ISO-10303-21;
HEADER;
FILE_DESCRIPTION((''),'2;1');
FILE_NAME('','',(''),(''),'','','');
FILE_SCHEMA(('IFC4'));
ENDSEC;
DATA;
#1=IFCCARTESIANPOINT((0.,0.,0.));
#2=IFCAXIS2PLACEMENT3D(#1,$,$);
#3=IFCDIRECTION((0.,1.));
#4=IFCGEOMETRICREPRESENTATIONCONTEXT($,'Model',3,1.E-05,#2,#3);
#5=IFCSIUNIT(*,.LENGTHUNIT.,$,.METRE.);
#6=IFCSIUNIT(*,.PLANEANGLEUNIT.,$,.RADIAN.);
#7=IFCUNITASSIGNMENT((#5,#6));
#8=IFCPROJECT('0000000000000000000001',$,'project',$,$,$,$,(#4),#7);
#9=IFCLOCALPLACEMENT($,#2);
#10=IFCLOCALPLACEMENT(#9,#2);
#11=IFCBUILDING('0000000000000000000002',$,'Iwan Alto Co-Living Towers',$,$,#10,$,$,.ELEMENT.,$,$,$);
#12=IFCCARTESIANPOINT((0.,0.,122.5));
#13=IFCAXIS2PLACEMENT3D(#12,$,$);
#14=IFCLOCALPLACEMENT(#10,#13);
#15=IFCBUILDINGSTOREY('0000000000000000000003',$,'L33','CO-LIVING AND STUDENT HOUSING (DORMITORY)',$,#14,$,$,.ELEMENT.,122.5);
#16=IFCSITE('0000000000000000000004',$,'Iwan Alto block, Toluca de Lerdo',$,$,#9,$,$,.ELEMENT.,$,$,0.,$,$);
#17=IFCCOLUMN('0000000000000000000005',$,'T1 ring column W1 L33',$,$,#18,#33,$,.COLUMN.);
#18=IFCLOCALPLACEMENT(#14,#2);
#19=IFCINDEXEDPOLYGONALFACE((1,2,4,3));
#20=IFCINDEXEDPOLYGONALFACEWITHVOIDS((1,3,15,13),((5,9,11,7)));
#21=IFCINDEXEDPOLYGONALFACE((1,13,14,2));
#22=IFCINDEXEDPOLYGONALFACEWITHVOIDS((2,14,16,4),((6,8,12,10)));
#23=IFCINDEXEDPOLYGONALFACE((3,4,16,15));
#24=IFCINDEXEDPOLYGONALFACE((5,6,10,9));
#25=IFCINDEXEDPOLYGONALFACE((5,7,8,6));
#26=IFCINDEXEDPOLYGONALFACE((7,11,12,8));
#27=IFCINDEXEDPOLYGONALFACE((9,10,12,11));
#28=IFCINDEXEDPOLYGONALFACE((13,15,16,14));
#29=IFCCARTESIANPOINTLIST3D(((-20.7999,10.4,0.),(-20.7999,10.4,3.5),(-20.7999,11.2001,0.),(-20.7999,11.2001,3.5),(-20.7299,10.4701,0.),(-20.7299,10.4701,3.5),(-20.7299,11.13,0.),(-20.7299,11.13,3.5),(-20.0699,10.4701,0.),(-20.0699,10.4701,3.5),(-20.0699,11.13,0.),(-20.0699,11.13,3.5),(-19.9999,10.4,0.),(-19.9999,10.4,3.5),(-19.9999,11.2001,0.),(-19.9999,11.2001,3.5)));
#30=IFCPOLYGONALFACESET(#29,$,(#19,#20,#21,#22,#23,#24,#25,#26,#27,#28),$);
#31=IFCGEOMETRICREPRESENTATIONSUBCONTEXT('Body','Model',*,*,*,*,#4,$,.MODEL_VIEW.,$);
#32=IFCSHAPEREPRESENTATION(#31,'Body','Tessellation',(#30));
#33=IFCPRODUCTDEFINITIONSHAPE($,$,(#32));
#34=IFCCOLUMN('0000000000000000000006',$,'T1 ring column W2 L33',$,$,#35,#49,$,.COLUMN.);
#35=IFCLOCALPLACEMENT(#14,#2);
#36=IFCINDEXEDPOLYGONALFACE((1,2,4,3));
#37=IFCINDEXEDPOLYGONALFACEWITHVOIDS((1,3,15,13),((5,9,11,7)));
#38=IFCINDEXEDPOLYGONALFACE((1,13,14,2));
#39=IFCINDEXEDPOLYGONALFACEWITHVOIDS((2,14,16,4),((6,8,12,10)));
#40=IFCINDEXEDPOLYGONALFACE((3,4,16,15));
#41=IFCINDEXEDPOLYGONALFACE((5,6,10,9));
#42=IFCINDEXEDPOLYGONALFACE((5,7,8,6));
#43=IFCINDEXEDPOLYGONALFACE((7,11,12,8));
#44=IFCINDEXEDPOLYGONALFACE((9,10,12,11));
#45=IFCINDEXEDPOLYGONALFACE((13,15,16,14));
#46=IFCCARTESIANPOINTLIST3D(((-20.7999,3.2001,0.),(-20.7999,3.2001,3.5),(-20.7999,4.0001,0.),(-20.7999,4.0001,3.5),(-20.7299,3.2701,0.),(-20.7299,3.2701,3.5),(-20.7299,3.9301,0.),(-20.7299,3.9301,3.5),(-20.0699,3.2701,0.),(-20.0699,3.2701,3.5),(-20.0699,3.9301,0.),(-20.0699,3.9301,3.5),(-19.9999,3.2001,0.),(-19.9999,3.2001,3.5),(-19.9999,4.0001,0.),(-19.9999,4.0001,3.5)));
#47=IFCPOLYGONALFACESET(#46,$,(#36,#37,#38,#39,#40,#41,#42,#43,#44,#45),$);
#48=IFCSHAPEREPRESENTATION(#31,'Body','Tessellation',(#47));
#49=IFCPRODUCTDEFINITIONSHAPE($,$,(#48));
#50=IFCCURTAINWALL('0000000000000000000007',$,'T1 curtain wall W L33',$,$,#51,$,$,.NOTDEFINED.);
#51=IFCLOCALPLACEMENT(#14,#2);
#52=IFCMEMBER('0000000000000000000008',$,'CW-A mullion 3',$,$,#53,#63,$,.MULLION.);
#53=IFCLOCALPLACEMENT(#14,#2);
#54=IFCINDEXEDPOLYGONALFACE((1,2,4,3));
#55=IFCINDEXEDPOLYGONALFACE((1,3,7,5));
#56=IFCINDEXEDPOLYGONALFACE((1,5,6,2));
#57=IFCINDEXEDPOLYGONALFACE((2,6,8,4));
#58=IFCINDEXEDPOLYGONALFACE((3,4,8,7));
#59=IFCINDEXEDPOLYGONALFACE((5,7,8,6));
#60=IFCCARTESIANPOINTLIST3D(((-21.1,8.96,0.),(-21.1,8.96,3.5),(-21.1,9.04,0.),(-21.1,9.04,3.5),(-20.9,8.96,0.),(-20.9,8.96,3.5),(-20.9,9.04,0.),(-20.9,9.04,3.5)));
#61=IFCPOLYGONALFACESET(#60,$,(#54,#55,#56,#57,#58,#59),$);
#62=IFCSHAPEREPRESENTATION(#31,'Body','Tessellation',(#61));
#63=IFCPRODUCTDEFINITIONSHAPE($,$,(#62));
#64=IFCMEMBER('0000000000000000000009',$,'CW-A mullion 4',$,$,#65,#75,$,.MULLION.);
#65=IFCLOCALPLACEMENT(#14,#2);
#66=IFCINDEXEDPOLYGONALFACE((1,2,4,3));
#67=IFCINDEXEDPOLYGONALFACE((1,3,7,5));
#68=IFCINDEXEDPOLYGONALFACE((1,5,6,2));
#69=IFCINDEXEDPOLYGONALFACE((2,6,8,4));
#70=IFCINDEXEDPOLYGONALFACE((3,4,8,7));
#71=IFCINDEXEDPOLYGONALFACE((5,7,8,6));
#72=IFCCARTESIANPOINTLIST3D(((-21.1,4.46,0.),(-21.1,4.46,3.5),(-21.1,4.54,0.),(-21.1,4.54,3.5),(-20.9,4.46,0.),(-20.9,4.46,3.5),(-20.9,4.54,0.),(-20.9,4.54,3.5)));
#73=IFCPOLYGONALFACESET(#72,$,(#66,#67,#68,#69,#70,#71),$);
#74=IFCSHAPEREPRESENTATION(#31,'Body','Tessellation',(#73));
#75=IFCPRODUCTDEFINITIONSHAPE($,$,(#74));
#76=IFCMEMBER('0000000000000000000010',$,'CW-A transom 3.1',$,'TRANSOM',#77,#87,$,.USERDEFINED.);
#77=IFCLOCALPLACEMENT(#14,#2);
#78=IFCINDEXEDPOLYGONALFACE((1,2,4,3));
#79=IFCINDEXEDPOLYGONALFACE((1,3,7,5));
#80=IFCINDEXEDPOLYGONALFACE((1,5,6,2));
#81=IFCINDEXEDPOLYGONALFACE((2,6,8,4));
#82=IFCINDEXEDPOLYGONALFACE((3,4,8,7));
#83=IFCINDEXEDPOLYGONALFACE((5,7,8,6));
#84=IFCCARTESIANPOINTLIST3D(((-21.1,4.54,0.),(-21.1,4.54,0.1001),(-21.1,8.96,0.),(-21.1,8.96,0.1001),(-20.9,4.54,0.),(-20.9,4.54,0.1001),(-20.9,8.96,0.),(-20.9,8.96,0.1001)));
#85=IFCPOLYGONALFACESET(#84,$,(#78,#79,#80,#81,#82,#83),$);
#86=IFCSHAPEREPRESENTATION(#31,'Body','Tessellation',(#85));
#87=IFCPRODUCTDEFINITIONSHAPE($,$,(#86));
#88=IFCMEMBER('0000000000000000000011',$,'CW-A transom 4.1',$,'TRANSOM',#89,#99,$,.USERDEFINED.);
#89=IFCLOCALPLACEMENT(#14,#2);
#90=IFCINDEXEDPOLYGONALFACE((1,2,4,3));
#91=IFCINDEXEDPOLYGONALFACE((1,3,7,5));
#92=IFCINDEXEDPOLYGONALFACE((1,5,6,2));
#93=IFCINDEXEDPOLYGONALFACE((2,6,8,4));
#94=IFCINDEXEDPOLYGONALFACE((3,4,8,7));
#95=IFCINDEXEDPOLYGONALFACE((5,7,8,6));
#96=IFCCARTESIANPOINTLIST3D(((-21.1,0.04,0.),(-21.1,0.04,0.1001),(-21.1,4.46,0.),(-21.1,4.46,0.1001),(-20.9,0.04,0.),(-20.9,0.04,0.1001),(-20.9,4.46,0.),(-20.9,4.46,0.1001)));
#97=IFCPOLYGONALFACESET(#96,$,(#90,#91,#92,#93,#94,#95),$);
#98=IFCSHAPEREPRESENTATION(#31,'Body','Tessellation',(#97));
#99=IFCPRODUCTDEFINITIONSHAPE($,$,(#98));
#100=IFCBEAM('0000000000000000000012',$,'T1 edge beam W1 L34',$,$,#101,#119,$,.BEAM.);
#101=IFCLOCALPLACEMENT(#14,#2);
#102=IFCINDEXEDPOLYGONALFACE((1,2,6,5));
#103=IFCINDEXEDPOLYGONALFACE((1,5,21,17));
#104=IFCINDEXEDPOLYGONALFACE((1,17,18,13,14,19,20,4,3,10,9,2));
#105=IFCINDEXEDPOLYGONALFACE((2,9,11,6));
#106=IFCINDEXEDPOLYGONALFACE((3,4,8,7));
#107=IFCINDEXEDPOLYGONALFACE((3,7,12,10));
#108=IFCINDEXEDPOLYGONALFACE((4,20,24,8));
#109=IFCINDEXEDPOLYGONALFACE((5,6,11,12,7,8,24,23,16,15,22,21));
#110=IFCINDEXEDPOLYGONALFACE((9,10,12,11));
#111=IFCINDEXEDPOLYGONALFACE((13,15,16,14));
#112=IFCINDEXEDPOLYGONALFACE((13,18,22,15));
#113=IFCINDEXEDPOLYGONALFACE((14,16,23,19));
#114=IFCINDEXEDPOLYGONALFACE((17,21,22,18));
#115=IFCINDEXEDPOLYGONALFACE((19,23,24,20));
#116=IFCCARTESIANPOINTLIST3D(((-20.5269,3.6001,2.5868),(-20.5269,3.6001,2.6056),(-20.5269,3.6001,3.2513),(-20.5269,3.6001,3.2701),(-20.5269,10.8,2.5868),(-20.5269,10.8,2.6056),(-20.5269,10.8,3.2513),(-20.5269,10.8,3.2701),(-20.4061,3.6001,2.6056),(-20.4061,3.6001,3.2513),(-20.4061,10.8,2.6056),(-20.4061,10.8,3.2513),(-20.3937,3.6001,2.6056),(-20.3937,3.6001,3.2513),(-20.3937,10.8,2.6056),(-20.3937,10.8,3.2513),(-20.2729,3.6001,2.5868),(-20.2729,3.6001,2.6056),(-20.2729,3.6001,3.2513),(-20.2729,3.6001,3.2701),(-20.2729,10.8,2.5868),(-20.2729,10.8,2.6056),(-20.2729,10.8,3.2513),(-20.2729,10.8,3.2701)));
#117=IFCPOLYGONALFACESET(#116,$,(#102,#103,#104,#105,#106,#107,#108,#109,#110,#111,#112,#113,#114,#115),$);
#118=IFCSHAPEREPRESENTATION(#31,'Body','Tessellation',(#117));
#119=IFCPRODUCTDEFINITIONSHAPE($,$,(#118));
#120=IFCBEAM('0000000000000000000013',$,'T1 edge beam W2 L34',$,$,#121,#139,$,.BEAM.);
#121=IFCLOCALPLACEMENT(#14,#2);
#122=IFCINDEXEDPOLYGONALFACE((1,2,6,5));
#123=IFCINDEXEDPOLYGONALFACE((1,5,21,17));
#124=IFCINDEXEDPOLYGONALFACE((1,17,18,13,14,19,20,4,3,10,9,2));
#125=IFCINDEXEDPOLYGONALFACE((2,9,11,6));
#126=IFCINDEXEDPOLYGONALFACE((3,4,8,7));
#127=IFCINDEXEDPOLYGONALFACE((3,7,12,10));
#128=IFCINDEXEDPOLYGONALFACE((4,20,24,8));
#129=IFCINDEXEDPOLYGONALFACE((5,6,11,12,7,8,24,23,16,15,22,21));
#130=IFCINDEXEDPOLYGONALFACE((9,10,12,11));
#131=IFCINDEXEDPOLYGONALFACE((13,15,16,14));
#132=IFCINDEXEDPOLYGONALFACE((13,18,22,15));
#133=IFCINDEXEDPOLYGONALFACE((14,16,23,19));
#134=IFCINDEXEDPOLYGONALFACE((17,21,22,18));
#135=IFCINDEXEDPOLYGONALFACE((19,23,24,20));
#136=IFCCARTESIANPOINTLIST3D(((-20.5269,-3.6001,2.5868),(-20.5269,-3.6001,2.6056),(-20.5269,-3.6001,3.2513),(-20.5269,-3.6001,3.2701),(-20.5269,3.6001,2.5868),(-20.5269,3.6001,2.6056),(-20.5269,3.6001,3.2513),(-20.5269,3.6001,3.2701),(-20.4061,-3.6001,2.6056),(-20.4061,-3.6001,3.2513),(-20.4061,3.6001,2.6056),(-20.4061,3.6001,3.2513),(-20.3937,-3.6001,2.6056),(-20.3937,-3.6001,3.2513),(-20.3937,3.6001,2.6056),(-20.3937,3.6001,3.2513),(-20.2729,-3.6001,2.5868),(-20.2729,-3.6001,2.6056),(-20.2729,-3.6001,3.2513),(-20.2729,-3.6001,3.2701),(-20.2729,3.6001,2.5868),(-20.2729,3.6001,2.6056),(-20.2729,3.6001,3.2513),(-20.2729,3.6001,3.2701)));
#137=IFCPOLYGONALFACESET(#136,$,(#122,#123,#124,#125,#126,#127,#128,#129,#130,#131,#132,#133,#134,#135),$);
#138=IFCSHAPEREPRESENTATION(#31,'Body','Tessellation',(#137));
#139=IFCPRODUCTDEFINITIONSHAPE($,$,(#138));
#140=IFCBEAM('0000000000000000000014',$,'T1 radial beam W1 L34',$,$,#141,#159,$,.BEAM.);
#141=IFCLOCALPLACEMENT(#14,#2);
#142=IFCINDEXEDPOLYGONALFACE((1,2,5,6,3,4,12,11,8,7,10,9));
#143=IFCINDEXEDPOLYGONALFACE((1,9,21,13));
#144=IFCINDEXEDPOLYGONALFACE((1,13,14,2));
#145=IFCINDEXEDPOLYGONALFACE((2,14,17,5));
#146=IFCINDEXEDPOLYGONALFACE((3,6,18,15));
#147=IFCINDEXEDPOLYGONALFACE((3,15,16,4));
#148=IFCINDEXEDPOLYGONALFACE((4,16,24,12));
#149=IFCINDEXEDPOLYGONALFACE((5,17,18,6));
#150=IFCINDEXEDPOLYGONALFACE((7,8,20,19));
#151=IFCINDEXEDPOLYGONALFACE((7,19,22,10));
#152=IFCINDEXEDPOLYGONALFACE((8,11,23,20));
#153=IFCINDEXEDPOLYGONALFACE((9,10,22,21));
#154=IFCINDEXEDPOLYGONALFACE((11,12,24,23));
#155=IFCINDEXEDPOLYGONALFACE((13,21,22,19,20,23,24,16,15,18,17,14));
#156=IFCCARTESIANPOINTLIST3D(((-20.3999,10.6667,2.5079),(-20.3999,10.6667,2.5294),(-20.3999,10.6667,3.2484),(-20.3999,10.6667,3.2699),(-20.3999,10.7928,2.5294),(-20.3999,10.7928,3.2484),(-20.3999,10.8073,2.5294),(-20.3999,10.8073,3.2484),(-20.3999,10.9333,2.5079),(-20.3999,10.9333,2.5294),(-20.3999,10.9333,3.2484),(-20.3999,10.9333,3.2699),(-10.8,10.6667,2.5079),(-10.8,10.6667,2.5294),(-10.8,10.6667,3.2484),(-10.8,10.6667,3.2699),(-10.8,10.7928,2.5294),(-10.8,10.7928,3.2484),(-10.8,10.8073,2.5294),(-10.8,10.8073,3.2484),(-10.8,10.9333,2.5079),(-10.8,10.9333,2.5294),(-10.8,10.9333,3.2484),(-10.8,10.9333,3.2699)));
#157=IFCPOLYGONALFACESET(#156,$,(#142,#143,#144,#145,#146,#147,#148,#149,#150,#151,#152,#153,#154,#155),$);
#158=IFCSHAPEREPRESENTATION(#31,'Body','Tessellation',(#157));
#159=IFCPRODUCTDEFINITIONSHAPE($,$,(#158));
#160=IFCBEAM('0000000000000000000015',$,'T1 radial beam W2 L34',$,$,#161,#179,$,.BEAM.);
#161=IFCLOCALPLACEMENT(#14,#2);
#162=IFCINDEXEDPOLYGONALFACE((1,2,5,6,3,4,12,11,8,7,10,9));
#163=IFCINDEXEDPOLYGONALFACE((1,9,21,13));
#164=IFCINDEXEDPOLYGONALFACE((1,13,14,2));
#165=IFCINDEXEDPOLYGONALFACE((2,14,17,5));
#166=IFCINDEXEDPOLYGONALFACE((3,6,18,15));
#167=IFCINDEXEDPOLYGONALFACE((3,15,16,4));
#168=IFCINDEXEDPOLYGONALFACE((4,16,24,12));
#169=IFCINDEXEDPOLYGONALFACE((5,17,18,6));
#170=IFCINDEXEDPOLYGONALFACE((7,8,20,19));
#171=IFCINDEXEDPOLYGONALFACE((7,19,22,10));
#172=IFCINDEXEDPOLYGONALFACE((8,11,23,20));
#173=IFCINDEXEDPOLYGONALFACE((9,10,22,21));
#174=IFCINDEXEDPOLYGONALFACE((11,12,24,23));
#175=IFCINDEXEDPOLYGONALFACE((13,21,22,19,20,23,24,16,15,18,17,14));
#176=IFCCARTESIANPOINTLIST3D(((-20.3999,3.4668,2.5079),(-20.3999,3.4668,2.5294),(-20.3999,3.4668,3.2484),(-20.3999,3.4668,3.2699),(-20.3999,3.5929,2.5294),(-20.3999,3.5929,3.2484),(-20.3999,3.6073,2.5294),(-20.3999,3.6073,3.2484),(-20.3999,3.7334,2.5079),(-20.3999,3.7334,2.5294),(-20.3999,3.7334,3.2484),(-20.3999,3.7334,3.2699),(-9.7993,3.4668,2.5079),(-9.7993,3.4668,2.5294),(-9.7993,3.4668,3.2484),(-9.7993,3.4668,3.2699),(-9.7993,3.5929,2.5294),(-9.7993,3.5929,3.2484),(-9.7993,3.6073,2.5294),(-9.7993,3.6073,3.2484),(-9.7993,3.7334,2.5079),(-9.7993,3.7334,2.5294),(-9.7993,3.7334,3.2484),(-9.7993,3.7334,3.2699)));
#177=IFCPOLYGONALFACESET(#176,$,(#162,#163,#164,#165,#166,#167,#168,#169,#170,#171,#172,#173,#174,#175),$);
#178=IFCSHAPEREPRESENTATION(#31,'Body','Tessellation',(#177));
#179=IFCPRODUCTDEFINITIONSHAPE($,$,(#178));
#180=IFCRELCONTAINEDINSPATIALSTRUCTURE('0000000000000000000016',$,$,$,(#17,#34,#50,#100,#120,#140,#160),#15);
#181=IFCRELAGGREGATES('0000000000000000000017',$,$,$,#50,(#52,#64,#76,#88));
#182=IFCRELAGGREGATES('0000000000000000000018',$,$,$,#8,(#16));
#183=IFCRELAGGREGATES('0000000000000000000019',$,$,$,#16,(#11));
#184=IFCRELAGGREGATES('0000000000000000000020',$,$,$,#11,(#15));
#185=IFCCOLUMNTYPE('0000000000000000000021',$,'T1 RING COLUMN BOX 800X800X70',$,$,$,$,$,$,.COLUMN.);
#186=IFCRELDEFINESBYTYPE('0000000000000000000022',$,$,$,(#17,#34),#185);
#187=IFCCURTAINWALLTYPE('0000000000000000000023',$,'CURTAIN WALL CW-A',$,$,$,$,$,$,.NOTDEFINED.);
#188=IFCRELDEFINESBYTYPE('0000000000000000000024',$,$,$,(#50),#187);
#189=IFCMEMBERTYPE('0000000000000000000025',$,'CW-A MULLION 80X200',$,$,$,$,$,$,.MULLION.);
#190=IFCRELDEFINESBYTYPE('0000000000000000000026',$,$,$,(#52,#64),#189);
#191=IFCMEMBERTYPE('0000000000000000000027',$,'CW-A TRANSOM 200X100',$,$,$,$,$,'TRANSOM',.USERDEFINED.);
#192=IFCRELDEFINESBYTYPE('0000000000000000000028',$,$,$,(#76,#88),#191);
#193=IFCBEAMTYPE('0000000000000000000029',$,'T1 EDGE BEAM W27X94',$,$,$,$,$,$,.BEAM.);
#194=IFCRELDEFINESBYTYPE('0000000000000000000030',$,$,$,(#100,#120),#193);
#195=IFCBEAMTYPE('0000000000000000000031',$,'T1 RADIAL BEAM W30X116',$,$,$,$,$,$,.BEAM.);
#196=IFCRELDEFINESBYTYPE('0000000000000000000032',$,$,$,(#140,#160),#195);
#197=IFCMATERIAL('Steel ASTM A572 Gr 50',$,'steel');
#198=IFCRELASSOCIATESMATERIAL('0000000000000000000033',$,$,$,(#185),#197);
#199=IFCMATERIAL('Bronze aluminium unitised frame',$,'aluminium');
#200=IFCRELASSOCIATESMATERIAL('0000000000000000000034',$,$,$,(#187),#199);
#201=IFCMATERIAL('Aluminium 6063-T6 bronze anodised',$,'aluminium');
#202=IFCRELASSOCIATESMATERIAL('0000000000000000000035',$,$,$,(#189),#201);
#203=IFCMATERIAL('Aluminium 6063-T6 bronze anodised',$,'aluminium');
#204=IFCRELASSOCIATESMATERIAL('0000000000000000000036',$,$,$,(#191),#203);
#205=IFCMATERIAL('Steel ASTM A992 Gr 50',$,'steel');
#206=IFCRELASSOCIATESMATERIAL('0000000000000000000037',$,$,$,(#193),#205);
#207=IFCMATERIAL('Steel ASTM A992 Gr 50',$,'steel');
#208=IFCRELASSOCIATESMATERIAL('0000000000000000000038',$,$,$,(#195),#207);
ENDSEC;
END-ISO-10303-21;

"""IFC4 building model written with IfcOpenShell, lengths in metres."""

from ifc_helpers import new_model, si_unit, direction, frame, origin, origin_2d, place, context, subcontext, project, spatial, rectangle, hollow_rectangle, i_section, extrude, material, material_profile, profile_set, type_object, element, aggregate, save


model = new_model("IFC4")

# Units and contexts
model_context = context("Model", 3, precision=1e-05, world=origin(), true_north=direction((0.0, 1.0)))
body_context = subcontext(model_context, "Body", "Model", "MODEL_VIEW")
ifc_project = project(units=[si_unit("LENGTHUNIT", "METRE"), si_unit("PLANEANGLEUNIT", "RADIAN")], contexts=[model_context])

# Site, building, storey
site_placement = place(None, origin())
site = spatial("IfcSite", under=ifc_project, at=site_placement, Name="Iwan Alto block, Toluca de Lerdo", CompositionType="ELEMENT", RefElevation=0.0)
building_placement = place(site_placement, origin())
building = spatial("IfcBuilding", under=site, at=building_placement, Name="Iwan Alto Co-Living Towers", CompositionType="ELEMENT")
storey_placement = place(building_placement, frame((0.0, 0.0, 122.5)))
storey = spatial("IfcBuildingStorey", under=building, at=storey_placement, Name="L33", Description="CO-LIVING AND STUDENT HOUSING (DORMITORY)", CompositionType="ELEMENT", Elevation=122.5)

# Columns
ifc_material_1 = material(Name="Steel ASTM A572 Gr 50", Category="steel")
ifc_material_profile_1 = material_profile(ifc_material_1, hollow_rectangle(XDim=0.8, YDim=0.8, WallThickness=0.0701, at=origin_2d()), Name="BOX 800X800X70")
ifc_profile_set_1 = profile_set([ifc_material_profile_1], Name="Steel ASTM A572 Gr 50")
column_type = type_object("IfcColumnType", Name="T1 RING COLUMN BOX 800X800X70", PredefinedType="COLUMN", material=ifc_profile_set_1)
for number, where, z_axis, x_axis, name in (
    (1, (-20.3999, 10.8, 0.0), (0.0, 0.0, 1.0), (1.0, 0.0, 0.0), "T1 ring column W1 L33"),
    (2, (-20.3999, 3.6001, 0.0), (0.0, 0.0, 1.0), (1.0, 0.0, 0.0), "T1 ring column W2 L33"),
):
    element("IfcColumn", number, at=place(storey_placement, frame(where, z_axis=z_axis, x_axis=x_axis)), inside=storey, type_object=column_type, Name=name, PredefinedType="COLUMN", context=body_context, shape_type="SweptSolid", body=[
        extrude(hollow_rectangle(XDim=0.8, YDim=0.8, WallThickness=0.0701, at=origin_2d()), origin(), (0.0, 0.0, 1.0), 3.5),
    ])

# Curtain wall, members
ifc_material_2 = material(Name="Bronze aluminium unitised frame", Category="aluminium")
curtain_wall_type = type_object("IfcCurtainWallType", Name="CURTAIN WALL CW-A", PredefinedType="NOTDEFINED", material=ifc_material_2)
curtain_wall_placement = place(storey_placement, origin())
curtain_wall = element("IfcCurtainWall", 3, at=curtain_wall_placement, inside=storey, type_object=curtain_wall_type, Name="T1 curtain wall W L33", PredefinedType="NOTDEFINED")
ifc_material_3 = material(Name="Aluminium 6063-T6 bronze anodised", Category="aluminium")
ifc_material_profile_2 = material_profile(ifc_material_3, rectangle(XDim=0.2, YDim=0.0801, at=origin_2d()), Name="AL 80X200")
ifc_profile_set_2 = profile_set([ifc_material_profile_2], Name="Aluminium 6063-T6 bronze anodised")
member_type_1 = type_object("IfcMemberType", Name="CW-A MULLION 80X200", PredefinedType="MULLION", material=ifc_profile_set_2)
member_1_placement = place(storey_placement, frame((-21.0, 9.0, 0.0), z_axis=(0.0, 0.0, 1.0), x_axis=(1.0, 0.0, 0.0)))
member_1 = element("IfcMember", 4, at=member_1_placement, type_object=member_type_1, Name="CW-A mullion 3", PredefinedType="MULLION", context=body_context, shape_type="SweptSolid", body=[
    extrude(rectangle(XDim=0.2, YDim=0.0801, at=origin_2d()), origin(), (0.0, 0.0, 1.0), 3.5),
])
member_2_placement = place(storey_placement, frame((-21.0, 4.5, 0.0), z_axis=(0.0, 0.0, 1.0), x_axis=(1.0, 0.0, 0.0)))
member_2 = element("IfcMember", 5, at=member_2_placement, type_object=member_type_1, Name="CW-A mullion 4", PredefinedType="MULLION", context=body_context, shape_type="SweptSolid", body=[
    extrude(rectangle(XDim=0.2, YDim=0.0801, at=origin_2d()), origin(), (0.0, 0.0, 1.0), 3.5),
])
ifc_material_4 = material(Name="Aluminium 6063-T6 bronze anodised", Category="aluminium")
ifc_material_profile_3 = material_profile(ifc_material_4, rectangle(XDim=0.2, YDim=0.1001, at=origin_2d()), Name="AL 200X100")
ifc_profile_set_3 = profile_set([ifc_material_profile_3], Name="Aluminium 6063-T6 bronze anodised")
member_type_2 = type_object("IfcMemberType", Name="CW-A TRANSOM 200X100", ElementType="TRANSOM", PredefinedType="USERDEFINED", material=ifc_profile_set_3)
member_3_placement = place(storey_placement, frame((-21.0, 8.96, 0.05), z_axis=(0.0, -1.0, 0.0), x_axis=(1.0, 0.0, 0.0)))
member_3 = element("IfcMember", 6, at=member_3_placement, type_object=member_type_2, Name="CW-A transom 3.1", ObjectType="TRANSOM", PredefinedType="USERDEFINED", context=body_context, shape_type="SweptSolid", body=[
    extrude(rectangle(XDim=0.2, YDim=0.1001, at=origin_2d()), origin(), (0.0, 0.0, 1.0), 4.4199),
])
member_4_placement = place(storey_placement, frame((-21.0, 4.46, 0.05), z_axis=(0.0, -1.0, 0.0), x_axis=(1.0, 0.0, 0.0)))
member_4 = element("IfcMember", 7, at=member_4_placement, type_object=member_type_2, Name="CW-A transom 4.1", ObjectType="TRANSOM", PredefinedType="USERDEFINED", context=body_context, shape_type="SweptSolid", body=[
    extrude(rectangle(XDim=0.2, YDim=0.1001, at=origin_2d()), origin(), (0.0, 0.0, 1.0), 4.4199),
])

# Beams
ifc_material_5 = material(Name="Steel ASTM A992 Gr 50", Category="steel")
ifc_material_profile_4 = material_profile(ifc_material_5, i_section(OverallWidth=0.2539, OverallDepth=0.6833, WebThickness=0.0125, FlangeThickness=0.0188, at=origin_2d()), Name="W27X94")
ifc_profile_set_4 = profile_set([ifc_material_profile_4], Name="Steel ASTM A992 Gr 50")
beam_type_1 = type_object("IfcBeamType", Name="T1 EDGE BEAM W27X94", PredefinedType="BEAM", material=ifc_profile_set_4)
beam_1_placement = place(storey_placement, frame((-20.3999, 10.8, 2.9285), z_axis=(0.0, -1.0, 0.0), x_axis=(1.0, 0.0, 0.0)))
element("IfcBeam", 8, at=beam_1_placement, inside=storey, type_object=beam_type_1, Name="T1 edge beam W1 L34", PredefinedType="BEAM", context=body_context, shape_type="SweptSolid", body=[
    extrude(i_section(OverallWidth=0.2539, OverallDepth=0.6833, WebThickness=0.0125, FlangeThickness=0.0188, at=origin_2d()), origin(), (0.0, 0.0, 1.0), 7.2),
])
beam_2_placement = place(storey_placement, frame((-20.3999, 3.6001, 2.9285), z_axis=(0.0, -1.0, 0.0), x_axis=(1.0, 0.0, 0.0)))
element("IfcBeam", 9, at=beam_2_placement, inside=storey, type_object=beam_type_1, Name="T1 edge beam W2 L34", PredefinedType="BEAM", context=body_context, shape_type="SweptSolid", body=[
    extrude(i_section(OverallWidth=0.2539, OverallDepth=0.6833, WebThickness=0.0125, FlangeThickness=0.0188, at=origin_2d()), origin(), (0.0, 0.0, 1.0), 7.2002),
])
ifc_material_6 = material(Name="Steel ASTM A992 Gr 50", Category="steel")
ifc_material_profile_5 = material_profile(ifc_material_6, i_section(OverallWidth=0.2666, OverallDepth=0.762, WebThickness=0.0144, FlangeThickness=0.0215, at=origin_2d()), Name="W30X116")
ifc_profile_set_5 = profile_set([ifc_material_profile_5], Name="Steel ASTM A992 Gr 50")
beam_type_2 = type_object("IfcBeamType", Name="T1 RADIAL BEAM W30X116", PredefinedType="BEAM", material=ifc_profile_set_5)
beam_3_placement = place(storey_placement, frame((-20.3999, 10.8, 2.8889), z_axis=(1.0, 0.0, 0.0), x_axis=(0.0, 1.0, 0.0)))
element("IfcBeam", 10, at=beam_3_placement, inside=storey, type_object=beam_type_2, Name="T1 radial beam W1 L34", PredefinedType="BEAM", context=body_context, shape_type="SweptSolid", body=[
    extrude(i_section(OverallWidth=0.2666, OverallDepth=0.762, WebThickness=0.0144, FlangeThickness=0.0215, at=origin_2d()), origin(), (0.0, 0.0, 1.0), 9.5999),
])
beam_4_placement = place(storey_placement, frame((-20.3999, 3.6001, 2.8889), z_axis=(1.0, 0.0, 0.0), x_axis=(0.0, 1.0, 0.0)))
element("IfcBeam", 11, at=beam_4_placement, inside=storey, type_object=beam_type_2, Name="T1 radial beam W2 L34", PredefinedType="BEAM", context=body_context, shape_type="SweptSolid", body=[
    extrude(i_section(OverallWidth=0.2666, OverallDepth=0.762, WebThickness=0.0144, FlangeThickness=0.0215, at=origin_2d()), origin(), (0.0, 0.0, 1.0), 10.6006),
])

aggregate(curtain_wall, [member_1, member_2, member_3, member_4])

save(model, "model.ifc")
